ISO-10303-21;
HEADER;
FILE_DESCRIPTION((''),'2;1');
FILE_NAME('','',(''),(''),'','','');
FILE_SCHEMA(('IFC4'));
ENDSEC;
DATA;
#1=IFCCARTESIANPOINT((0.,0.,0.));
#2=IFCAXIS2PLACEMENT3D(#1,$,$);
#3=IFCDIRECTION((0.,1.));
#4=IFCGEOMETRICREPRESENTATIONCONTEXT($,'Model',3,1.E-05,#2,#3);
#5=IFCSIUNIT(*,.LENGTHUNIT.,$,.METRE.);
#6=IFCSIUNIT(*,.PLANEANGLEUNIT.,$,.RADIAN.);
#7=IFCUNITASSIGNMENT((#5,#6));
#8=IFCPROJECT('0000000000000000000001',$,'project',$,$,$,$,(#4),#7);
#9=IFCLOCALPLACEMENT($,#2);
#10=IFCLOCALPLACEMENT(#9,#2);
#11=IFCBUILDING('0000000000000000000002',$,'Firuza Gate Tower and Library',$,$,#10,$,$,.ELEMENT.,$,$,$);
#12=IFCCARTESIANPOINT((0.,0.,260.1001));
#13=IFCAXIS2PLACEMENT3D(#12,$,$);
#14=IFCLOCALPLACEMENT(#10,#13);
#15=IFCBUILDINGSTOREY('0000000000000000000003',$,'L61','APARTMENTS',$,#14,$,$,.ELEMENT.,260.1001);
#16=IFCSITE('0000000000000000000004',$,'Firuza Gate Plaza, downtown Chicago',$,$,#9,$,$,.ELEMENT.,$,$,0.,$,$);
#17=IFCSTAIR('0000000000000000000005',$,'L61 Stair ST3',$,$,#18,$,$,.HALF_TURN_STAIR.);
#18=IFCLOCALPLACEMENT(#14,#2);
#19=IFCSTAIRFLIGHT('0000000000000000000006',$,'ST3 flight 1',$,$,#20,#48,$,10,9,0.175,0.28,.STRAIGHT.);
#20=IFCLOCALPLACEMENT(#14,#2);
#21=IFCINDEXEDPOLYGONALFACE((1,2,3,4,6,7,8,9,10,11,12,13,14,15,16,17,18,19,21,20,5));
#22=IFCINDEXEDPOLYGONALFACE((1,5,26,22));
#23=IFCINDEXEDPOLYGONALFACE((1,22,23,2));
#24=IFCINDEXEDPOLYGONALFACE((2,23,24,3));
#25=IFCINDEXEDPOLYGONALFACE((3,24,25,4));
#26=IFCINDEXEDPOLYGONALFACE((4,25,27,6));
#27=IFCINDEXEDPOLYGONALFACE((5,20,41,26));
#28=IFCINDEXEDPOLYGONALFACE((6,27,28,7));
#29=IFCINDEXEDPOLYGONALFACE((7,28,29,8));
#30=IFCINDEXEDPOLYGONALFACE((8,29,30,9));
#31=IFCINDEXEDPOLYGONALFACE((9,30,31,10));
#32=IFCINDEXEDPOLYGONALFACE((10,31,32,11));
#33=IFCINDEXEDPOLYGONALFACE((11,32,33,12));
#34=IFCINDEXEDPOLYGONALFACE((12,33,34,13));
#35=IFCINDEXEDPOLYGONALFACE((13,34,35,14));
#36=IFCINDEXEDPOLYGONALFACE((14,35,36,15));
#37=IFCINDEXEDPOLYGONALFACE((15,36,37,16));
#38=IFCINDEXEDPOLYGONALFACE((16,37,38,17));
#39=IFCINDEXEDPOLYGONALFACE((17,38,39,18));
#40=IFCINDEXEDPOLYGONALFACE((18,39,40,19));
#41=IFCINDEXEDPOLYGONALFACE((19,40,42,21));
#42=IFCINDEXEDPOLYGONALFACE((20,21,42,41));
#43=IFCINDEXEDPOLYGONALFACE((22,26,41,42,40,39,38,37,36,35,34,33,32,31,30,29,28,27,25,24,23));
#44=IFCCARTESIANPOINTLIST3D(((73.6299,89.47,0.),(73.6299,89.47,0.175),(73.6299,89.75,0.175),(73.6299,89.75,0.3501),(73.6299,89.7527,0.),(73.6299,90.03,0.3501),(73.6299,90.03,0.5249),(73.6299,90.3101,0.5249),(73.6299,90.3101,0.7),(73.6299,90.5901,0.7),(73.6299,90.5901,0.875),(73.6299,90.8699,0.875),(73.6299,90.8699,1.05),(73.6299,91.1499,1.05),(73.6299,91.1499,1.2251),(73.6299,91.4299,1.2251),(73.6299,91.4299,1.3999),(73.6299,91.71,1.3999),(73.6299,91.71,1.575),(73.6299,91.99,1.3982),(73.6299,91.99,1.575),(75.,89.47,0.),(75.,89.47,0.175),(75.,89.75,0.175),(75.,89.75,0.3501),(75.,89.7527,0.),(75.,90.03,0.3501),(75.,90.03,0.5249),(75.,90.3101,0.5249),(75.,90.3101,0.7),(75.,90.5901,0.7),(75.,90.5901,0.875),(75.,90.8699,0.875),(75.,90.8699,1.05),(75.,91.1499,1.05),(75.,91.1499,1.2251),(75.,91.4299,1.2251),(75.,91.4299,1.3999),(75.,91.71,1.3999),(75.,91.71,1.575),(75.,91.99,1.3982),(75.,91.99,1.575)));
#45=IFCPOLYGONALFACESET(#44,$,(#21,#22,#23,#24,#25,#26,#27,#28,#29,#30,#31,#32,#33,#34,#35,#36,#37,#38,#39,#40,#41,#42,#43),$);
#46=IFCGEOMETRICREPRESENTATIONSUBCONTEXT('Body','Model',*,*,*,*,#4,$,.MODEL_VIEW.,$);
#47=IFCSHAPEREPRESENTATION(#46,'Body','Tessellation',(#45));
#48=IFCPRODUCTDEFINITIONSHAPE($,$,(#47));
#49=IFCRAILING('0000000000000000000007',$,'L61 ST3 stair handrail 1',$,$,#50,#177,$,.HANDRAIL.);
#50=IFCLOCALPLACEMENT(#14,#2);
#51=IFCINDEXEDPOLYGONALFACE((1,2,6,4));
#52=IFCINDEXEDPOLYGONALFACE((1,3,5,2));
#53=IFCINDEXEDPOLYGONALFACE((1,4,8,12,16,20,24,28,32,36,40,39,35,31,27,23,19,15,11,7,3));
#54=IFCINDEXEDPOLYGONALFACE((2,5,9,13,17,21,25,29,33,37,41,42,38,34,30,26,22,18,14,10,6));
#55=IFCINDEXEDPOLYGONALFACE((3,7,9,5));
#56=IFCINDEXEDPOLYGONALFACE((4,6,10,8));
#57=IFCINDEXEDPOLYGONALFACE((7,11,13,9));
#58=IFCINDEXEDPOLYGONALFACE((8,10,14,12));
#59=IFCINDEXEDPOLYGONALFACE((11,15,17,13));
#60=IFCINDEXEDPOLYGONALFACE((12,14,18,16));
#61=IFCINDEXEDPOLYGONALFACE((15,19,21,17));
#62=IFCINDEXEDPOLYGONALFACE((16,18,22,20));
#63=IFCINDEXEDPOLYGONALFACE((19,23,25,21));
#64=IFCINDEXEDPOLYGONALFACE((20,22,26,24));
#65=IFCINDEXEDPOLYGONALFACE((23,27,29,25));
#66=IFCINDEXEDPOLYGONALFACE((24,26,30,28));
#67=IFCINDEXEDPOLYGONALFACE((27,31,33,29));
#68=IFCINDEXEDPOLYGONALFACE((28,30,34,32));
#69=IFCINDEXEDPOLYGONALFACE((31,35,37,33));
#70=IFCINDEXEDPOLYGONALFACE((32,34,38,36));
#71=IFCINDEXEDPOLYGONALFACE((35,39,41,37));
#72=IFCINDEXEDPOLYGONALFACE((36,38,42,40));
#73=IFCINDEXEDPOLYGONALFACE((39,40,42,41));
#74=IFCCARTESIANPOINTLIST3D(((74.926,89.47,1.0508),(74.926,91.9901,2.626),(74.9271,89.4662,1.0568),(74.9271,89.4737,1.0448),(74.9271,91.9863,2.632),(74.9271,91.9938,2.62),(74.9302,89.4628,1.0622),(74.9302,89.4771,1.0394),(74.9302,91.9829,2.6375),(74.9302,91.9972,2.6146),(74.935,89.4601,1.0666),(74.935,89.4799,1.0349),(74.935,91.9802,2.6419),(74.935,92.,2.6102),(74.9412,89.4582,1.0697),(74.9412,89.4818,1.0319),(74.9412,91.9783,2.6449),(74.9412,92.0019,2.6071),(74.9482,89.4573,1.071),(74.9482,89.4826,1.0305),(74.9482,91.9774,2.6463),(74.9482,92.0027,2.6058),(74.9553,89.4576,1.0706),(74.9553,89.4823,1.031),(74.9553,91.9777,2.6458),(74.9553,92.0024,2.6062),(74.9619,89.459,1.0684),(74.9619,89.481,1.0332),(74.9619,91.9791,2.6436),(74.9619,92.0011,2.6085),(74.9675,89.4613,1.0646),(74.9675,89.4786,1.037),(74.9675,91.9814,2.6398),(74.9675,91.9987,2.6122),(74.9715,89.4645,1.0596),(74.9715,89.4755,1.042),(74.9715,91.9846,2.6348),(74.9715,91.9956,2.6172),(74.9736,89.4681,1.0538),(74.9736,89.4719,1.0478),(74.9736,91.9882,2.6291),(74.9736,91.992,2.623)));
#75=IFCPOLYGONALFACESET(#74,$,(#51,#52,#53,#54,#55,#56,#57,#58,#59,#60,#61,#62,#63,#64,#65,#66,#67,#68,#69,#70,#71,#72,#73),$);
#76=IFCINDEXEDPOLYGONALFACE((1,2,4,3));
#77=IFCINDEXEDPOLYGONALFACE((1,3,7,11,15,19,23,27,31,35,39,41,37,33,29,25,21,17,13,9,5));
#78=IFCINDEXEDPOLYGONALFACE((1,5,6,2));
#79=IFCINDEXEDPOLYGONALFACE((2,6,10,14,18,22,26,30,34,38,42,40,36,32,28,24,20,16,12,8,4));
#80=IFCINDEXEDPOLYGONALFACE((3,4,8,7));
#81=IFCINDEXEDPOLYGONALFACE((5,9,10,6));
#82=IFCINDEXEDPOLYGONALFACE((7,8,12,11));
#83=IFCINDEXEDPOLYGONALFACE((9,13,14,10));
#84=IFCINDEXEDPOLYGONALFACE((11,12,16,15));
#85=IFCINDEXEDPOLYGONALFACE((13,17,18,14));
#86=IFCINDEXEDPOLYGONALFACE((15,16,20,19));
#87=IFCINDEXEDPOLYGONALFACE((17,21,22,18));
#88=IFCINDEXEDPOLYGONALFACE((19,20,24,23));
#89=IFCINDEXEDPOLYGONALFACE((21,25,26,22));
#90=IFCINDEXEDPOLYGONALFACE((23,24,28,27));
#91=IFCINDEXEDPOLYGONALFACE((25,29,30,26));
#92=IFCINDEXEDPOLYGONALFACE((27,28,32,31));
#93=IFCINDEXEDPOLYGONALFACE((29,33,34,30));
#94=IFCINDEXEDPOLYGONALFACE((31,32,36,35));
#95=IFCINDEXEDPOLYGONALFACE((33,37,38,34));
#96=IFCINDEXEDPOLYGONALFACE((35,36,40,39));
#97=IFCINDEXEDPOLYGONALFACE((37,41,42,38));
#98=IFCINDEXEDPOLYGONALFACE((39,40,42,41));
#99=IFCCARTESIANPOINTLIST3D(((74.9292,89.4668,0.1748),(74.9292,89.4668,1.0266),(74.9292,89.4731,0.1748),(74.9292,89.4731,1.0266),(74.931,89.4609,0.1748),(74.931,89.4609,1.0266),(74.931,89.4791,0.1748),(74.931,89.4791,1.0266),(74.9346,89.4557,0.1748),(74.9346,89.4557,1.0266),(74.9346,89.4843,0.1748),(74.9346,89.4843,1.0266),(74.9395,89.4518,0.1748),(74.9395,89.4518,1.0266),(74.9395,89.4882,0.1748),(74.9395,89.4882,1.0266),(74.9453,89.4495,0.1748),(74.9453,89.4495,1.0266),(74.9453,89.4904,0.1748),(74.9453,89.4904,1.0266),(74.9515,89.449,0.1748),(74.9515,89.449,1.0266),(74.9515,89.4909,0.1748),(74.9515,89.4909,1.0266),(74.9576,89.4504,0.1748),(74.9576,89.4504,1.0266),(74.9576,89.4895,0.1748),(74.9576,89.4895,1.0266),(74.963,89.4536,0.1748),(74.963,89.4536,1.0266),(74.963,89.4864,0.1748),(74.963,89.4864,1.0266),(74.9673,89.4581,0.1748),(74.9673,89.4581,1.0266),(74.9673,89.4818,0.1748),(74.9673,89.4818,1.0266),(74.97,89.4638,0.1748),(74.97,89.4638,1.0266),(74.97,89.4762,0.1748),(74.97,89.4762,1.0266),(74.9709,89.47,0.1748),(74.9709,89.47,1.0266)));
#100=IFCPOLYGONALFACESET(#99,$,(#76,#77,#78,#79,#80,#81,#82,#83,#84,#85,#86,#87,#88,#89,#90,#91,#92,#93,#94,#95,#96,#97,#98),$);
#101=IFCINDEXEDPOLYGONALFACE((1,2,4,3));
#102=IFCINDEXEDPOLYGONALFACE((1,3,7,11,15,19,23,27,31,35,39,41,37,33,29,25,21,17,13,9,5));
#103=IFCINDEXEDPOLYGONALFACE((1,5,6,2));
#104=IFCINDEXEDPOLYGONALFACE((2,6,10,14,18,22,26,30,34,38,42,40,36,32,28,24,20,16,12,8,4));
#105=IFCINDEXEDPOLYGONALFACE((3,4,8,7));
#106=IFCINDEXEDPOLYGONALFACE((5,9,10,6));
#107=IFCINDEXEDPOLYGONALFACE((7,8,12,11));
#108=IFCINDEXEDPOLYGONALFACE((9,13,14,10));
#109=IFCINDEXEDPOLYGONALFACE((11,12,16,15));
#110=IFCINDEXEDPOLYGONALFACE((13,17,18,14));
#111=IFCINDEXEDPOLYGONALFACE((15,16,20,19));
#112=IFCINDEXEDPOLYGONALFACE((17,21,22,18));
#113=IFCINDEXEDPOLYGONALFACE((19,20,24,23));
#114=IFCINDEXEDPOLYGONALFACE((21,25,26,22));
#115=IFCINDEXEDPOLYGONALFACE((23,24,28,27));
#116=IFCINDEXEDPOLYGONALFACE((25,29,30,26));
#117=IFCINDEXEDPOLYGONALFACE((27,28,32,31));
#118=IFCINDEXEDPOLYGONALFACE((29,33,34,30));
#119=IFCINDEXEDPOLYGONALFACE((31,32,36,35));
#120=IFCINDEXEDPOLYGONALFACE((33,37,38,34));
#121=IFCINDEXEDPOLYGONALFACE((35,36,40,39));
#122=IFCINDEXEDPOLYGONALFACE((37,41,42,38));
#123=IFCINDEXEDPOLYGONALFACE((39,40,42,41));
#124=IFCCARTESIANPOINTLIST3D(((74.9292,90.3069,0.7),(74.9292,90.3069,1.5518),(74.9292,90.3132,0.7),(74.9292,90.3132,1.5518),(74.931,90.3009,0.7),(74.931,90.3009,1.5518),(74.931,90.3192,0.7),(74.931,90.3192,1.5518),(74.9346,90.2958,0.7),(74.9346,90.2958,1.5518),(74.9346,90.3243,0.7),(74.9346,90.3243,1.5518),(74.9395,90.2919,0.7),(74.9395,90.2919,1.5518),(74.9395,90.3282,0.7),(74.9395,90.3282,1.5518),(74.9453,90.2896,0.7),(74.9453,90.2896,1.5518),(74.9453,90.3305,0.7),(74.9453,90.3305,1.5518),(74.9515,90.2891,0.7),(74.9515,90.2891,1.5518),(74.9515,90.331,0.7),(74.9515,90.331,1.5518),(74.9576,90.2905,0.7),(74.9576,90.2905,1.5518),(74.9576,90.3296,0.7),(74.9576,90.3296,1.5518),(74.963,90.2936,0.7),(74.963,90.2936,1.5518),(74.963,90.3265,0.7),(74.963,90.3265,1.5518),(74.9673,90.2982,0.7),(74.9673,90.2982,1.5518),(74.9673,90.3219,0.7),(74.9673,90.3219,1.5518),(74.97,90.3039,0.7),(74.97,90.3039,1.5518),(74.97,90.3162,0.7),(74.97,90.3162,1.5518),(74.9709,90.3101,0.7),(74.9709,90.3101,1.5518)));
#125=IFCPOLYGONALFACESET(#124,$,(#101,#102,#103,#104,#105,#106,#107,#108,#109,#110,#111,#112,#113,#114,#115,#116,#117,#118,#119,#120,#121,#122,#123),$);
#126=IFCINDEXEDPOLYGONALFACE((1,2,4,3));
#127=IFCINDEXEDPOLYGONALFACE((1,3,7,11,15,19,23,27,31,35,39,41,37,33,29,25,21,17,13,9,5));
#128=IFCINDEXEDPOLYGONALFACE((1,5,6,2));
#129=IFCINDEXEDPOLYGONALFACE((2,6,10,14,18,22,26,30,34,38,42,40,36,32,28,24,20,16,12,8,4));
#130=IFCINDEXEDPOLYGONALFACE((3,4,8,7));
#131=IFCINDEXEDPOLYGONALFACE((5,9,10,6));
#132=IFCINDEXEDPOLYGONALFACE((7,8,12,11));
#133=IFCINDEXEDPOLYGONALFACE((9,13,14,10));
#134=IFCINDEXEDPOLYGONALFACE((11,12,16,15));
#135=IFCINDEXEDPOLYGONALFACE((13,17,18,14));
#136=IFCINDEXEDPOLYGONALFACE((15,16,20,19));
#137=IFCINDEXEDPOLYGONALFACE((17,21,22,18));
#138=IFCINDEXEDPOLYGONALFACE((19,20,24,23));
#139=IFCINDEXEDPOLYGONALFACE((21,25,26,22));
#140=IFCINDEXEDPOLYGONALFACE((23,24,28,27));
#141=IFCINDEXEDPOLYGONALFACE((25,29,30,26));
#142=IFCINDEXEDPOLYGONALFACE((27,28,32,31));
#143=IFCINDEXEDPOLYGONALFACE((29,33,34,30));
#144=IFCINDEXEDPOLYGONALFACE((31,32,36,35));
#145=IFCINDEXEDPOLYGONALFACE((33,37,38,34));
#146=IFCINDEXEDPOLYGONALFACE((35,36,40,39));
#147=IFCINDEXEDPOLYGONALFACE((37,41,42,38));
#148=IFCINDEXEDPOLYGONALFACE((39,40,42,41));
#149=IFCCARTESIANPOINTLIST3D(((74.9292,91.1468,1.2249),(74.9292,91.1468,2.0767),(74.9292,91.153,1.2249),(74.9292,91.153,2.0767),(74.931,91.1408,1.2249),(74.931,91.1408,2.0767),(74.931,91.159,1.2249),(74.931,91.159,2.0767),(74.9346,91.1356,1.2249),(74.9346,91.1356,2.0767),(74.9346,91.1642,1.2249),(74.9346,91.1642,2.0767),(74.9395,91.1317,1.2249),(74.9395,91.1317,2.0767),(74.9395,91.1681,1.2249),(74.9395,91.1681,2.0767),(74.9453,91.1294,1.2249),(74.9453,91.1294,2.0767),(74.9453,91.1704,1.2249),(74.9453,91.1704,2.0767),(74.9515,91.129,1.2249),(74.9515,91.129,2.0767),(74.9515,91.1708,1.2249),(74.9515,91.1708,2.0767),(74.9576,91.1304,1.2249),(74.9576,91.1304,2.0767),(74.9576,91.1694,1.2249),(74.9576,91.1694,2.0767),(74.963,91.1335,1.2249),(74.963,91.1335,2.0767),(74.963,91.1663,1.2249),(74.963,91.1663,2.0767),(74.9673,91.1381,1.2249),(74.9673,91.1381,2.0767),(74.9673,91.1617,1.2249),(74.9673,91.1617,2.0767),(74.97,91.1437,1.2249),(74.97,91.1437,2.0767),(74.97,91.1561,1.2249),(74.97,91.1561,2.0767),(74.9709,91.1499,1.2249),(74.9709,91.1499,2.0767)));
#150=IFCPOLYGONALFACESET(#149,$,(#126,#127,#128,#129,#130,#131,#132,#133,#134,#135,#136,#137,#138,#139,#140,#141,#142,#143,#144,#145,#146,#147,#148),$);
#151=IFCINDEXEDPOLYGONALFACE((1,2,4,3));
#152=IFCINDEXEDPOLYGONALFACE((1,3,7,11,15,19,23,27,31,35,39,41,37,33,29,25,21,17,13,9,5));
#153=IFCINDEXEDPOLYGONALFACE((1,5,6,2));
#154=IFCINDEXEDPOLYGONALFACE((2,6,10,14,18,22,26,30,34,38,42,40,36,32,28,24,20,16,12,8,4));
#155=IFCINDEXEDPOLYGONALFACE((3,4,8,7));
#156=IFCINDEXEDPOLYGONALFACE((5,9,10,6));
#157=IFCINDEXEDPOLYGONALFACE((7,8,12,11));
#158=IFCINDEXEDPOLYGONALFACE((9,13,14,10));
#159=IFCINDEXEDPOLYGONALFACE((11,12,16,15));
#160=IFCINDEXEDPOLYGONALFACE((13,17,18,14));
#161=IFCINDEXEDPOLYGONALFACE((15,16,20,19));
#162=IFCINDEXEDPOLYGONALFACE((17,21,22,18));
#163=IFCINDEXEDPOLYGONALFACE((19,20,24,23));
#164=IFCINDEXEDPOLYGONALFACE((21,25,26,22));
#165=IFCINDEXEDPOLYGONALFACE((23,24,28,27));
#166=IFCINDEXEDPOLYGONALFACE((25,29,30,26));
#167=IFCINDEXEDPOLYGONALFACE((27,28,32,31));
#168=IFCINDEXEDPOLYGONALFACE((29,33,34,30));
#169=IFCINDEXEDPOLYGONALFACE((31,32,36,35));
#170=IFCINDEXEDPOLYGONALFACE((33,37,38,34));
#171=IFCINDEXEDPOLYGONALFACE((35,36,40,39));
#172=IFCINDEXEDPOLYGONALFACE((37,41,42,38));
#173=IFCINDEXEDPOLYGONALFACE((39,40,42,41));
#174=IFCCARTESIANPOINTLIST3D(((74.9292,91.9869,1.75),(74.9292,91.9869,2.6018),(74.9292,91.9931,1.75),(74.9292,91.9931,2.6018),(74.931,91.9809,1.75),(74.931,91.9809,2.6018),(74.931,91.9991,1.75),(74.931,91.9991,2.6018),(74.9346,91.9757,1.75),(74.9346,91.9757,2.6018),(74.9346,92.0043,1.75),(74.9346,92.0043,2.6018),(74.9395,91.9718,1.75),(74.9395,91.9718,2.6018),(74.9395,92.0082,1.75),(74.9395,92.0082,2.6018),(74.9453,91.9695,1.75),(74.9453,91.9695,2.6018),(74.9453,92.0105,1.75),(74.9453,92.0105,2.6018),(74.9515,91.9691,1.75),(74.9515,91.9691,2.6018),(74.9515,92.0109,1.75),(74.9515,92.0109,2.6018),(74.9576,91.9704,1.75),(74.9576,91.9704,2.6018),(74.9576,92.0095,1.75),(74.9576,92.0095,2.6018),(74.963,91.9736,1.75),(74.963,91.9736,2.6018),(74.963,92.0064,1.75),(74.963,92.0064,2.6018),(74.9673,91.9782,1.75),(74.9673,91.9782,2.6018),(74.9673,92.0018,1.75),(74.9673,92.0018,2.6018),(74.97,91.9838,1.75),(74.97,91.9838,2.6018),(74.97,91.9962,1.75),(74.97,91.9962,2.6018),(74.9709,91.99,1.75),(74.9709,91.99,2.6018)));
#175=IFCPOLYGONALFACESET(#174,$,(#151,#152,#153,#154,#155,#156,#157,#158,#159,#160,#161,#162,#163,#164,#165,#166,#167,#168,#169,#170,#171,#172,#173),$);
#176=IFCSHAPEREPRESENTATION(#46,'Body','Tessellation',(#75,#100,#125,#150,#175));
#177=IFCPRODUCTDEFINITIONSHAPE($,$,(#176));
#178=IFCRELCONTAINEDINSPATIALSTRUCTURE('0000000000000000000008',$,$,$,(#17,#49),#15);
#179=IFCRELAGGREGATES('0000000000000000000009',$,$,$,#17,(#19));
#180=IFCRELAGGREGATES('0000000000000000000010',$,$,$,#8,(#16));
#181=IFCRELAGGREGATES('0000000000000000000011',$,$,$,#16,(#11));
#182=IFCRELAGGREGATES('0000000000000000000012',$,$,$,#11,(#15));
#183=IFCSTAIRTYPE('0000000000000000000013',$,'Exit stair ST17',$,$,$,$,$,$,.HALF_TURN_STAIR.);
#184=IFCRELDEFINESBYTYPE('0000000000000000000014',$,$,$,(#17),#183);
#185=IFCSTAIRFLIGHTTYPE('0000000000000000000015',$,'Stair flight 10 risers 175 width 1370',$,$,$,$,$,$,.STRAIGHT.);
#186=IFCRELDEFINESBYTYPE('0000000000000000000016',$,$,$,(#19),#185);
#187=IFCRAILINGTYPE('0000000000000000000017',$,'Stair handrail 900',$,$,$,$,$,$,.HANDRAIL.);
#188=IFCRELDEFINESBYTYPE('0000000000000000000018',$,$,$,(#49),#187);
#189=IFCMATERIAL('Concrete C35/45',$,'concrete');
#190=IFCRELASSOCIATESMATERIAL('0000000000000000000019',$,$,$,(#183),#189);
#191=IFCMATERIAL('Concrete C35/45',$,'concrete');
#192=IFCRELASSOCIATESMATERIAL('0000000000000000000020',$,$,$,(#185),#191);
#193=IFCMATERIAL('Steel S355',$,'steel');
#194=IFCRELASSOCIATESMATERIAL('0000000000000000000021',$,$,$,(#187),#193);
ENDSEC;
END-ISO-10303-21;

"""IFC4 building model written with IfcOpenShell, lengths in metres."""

from ifc_helpers import new_model, si_unit, direction, frame, origin, origin_2d, place, context, subcontext, project, spatial, polyline, circle, outline, extrude, material, type_object, element, aggregate, save


model = new_model("IFC4")

# Units and contexts
model_context = context("Model", 3, precision=1e-05, world=origin(), true_north=direction((0.0, 1.0)))
body_context = subcontext(model_context, "Body", "Model", "MODEL_VIEW")
ifc_project = project(units=[si_unit("LENGTHUNIT", "METRE"), si_unit("PLANEANGLEUNIT", "RADIAN")], contexts=[model_context])

# Site, building, storey
site_placement = place(None, origin())
site = spatial("IfcSite", under=ifc_project, at=site_placement, Name="Firuza Gate Plaza, downtown Chicago", CompositionType="ELEMENT", RefElevation=0.0)
building_placement = place(site_placement, origin())
building = spatial("IfcBuilding", under=site, at=building_placement, Name="Firuza Gate Tower and Library", CompositionType="ELEMENT")
storey_placement = place(building_placement, frame((0.0, 0.0, 260.1001)))
storey = spatial("IfcBuildingStorey", under=building, at=storey_placement, Name="L61", Description="APARTMENTS", CompositionType="ELEMENT", Elevation=260.1001)

# Shared definitions
placement = place(storey_placement, origin())

# Stair, stair flight
ifc_material_1 = material(Name="Concrete C35/45", Category="concrete")
stair_type = type_object("IfcStairType", Name="Exit stair ST17", PredefinedType="HALF_TURN_STAIR", material=ifc_material_1)
stair = element("IfcStair", 1, at=placement, inside=storey, type_object=stair_type, Name="L61 Stair ST3", PredefinedType="HALF_TURN_STAIR")
ifc_material_2 = material(Name="Concrete C35/45", Category="concrete")
stair_flight_type = type_object("IfcStairFlightType", Name="Stair flight 10 risers 175 width 1370", PredefinedType="STRAIGHT", material=ifc_material_2)
stair_flight_placement = place(storey_placement, frame((74.3149, 89.47, 0.0), z_axis=(0.0, 0.0, 1.0), x_axis=(0.0, 1.0, 0.0)))
stair_flight = element("IfcStairFlight", 2, at=stair_flight_placement, type_object=stair_flight_type, Name="ST3 flight 1", NumberOfRisers=10, NumberOfTreads=9, PredefinedType="STRAIGHT", RiserHeight=0.175, TreadLength=0.28, context=body_context, shape_type="SweptSolid", body=[
    extrude(outline(polyline([(0.0, 0.0), (0.0, 0.175), (0.28, 0.175), (0.28, 0.3501), (0.5601, 0.3501), (0.5601, 0.5249), (0.8401, 0.5249), (0.8401, 0.7), (1.1201, 0.7), (1.1201, 0.875), (1.3999, 0.875), (1.3999, 1.05), (1.6799, 1.05), (1.6799, 1.2251), (1.96, 1.2251), (1.96, 1.3999), (2.24, 1.3999), (2.24, 1.575), (2.52, 1.575), (2.52, 1.75), (2.52, 1.3982), (0.2827, 0.0), (0.0, 0.0)])), frame((0.0, 0.6851, 0.0), z_axis=(0.0, -1.0, 0.0), x_axis=(1.0, 0.0, 0.0)), (0.0, 0.0, 1.0), 1.3701),
])
aggregate(stair, [stair_flight])

# Railing
ifc_material_3 = material(Name="Steel S355", Category="steel")
railing_type = type_object("IfcRailingType", Name="Stair handrail 900", PredefinedType="HANDRAIL", material=ifc_material_3)
railing_placement = place(storey_placement, frame((74.95, 89.47, 0.1748)))
element("IfcRailing", 3, at=railing_placement, inside=storey, type_object=railing_type, Name="L61 ST3 stair handrail 1", PredefinedType="HANDRAIL", context=body_context, shape_type="SweptSolid", body=[
    extrude(circle(Radius=0.0239, at=origin_2d()), frame((0.0, 0.0, 0.876), z_axis=(0.0, 0.847971, 0.530043), x_axis=(-1.0, 0.0, 0.0)), (0.0, 0.0, 1.0), 2.9719),
    extrude(circle(Radius=0.021, at=origin_2d()), origin(), (0.0, 0.0, 1.0), 0.8518),
    extrude(circle(Radius=0.021, at=origin_2d()), frame((0.0, 0.8401, 0.5251)), (0.0, 0.0, 1.0), 0.8518),
    extrude(circle(Radius=0.021, at=origin_2d()), frame((0.0, 1.6799, 1.05)), (0.0, 0.0, 1.0), 0.8518),
    extrude(circle(Radius=0.021, at=origin_2d()), frame((0.0, 2.52, 1.5752)), (0.0, 0.0, 1.0), 0.8518),
])

save(model, "model.ifc")
